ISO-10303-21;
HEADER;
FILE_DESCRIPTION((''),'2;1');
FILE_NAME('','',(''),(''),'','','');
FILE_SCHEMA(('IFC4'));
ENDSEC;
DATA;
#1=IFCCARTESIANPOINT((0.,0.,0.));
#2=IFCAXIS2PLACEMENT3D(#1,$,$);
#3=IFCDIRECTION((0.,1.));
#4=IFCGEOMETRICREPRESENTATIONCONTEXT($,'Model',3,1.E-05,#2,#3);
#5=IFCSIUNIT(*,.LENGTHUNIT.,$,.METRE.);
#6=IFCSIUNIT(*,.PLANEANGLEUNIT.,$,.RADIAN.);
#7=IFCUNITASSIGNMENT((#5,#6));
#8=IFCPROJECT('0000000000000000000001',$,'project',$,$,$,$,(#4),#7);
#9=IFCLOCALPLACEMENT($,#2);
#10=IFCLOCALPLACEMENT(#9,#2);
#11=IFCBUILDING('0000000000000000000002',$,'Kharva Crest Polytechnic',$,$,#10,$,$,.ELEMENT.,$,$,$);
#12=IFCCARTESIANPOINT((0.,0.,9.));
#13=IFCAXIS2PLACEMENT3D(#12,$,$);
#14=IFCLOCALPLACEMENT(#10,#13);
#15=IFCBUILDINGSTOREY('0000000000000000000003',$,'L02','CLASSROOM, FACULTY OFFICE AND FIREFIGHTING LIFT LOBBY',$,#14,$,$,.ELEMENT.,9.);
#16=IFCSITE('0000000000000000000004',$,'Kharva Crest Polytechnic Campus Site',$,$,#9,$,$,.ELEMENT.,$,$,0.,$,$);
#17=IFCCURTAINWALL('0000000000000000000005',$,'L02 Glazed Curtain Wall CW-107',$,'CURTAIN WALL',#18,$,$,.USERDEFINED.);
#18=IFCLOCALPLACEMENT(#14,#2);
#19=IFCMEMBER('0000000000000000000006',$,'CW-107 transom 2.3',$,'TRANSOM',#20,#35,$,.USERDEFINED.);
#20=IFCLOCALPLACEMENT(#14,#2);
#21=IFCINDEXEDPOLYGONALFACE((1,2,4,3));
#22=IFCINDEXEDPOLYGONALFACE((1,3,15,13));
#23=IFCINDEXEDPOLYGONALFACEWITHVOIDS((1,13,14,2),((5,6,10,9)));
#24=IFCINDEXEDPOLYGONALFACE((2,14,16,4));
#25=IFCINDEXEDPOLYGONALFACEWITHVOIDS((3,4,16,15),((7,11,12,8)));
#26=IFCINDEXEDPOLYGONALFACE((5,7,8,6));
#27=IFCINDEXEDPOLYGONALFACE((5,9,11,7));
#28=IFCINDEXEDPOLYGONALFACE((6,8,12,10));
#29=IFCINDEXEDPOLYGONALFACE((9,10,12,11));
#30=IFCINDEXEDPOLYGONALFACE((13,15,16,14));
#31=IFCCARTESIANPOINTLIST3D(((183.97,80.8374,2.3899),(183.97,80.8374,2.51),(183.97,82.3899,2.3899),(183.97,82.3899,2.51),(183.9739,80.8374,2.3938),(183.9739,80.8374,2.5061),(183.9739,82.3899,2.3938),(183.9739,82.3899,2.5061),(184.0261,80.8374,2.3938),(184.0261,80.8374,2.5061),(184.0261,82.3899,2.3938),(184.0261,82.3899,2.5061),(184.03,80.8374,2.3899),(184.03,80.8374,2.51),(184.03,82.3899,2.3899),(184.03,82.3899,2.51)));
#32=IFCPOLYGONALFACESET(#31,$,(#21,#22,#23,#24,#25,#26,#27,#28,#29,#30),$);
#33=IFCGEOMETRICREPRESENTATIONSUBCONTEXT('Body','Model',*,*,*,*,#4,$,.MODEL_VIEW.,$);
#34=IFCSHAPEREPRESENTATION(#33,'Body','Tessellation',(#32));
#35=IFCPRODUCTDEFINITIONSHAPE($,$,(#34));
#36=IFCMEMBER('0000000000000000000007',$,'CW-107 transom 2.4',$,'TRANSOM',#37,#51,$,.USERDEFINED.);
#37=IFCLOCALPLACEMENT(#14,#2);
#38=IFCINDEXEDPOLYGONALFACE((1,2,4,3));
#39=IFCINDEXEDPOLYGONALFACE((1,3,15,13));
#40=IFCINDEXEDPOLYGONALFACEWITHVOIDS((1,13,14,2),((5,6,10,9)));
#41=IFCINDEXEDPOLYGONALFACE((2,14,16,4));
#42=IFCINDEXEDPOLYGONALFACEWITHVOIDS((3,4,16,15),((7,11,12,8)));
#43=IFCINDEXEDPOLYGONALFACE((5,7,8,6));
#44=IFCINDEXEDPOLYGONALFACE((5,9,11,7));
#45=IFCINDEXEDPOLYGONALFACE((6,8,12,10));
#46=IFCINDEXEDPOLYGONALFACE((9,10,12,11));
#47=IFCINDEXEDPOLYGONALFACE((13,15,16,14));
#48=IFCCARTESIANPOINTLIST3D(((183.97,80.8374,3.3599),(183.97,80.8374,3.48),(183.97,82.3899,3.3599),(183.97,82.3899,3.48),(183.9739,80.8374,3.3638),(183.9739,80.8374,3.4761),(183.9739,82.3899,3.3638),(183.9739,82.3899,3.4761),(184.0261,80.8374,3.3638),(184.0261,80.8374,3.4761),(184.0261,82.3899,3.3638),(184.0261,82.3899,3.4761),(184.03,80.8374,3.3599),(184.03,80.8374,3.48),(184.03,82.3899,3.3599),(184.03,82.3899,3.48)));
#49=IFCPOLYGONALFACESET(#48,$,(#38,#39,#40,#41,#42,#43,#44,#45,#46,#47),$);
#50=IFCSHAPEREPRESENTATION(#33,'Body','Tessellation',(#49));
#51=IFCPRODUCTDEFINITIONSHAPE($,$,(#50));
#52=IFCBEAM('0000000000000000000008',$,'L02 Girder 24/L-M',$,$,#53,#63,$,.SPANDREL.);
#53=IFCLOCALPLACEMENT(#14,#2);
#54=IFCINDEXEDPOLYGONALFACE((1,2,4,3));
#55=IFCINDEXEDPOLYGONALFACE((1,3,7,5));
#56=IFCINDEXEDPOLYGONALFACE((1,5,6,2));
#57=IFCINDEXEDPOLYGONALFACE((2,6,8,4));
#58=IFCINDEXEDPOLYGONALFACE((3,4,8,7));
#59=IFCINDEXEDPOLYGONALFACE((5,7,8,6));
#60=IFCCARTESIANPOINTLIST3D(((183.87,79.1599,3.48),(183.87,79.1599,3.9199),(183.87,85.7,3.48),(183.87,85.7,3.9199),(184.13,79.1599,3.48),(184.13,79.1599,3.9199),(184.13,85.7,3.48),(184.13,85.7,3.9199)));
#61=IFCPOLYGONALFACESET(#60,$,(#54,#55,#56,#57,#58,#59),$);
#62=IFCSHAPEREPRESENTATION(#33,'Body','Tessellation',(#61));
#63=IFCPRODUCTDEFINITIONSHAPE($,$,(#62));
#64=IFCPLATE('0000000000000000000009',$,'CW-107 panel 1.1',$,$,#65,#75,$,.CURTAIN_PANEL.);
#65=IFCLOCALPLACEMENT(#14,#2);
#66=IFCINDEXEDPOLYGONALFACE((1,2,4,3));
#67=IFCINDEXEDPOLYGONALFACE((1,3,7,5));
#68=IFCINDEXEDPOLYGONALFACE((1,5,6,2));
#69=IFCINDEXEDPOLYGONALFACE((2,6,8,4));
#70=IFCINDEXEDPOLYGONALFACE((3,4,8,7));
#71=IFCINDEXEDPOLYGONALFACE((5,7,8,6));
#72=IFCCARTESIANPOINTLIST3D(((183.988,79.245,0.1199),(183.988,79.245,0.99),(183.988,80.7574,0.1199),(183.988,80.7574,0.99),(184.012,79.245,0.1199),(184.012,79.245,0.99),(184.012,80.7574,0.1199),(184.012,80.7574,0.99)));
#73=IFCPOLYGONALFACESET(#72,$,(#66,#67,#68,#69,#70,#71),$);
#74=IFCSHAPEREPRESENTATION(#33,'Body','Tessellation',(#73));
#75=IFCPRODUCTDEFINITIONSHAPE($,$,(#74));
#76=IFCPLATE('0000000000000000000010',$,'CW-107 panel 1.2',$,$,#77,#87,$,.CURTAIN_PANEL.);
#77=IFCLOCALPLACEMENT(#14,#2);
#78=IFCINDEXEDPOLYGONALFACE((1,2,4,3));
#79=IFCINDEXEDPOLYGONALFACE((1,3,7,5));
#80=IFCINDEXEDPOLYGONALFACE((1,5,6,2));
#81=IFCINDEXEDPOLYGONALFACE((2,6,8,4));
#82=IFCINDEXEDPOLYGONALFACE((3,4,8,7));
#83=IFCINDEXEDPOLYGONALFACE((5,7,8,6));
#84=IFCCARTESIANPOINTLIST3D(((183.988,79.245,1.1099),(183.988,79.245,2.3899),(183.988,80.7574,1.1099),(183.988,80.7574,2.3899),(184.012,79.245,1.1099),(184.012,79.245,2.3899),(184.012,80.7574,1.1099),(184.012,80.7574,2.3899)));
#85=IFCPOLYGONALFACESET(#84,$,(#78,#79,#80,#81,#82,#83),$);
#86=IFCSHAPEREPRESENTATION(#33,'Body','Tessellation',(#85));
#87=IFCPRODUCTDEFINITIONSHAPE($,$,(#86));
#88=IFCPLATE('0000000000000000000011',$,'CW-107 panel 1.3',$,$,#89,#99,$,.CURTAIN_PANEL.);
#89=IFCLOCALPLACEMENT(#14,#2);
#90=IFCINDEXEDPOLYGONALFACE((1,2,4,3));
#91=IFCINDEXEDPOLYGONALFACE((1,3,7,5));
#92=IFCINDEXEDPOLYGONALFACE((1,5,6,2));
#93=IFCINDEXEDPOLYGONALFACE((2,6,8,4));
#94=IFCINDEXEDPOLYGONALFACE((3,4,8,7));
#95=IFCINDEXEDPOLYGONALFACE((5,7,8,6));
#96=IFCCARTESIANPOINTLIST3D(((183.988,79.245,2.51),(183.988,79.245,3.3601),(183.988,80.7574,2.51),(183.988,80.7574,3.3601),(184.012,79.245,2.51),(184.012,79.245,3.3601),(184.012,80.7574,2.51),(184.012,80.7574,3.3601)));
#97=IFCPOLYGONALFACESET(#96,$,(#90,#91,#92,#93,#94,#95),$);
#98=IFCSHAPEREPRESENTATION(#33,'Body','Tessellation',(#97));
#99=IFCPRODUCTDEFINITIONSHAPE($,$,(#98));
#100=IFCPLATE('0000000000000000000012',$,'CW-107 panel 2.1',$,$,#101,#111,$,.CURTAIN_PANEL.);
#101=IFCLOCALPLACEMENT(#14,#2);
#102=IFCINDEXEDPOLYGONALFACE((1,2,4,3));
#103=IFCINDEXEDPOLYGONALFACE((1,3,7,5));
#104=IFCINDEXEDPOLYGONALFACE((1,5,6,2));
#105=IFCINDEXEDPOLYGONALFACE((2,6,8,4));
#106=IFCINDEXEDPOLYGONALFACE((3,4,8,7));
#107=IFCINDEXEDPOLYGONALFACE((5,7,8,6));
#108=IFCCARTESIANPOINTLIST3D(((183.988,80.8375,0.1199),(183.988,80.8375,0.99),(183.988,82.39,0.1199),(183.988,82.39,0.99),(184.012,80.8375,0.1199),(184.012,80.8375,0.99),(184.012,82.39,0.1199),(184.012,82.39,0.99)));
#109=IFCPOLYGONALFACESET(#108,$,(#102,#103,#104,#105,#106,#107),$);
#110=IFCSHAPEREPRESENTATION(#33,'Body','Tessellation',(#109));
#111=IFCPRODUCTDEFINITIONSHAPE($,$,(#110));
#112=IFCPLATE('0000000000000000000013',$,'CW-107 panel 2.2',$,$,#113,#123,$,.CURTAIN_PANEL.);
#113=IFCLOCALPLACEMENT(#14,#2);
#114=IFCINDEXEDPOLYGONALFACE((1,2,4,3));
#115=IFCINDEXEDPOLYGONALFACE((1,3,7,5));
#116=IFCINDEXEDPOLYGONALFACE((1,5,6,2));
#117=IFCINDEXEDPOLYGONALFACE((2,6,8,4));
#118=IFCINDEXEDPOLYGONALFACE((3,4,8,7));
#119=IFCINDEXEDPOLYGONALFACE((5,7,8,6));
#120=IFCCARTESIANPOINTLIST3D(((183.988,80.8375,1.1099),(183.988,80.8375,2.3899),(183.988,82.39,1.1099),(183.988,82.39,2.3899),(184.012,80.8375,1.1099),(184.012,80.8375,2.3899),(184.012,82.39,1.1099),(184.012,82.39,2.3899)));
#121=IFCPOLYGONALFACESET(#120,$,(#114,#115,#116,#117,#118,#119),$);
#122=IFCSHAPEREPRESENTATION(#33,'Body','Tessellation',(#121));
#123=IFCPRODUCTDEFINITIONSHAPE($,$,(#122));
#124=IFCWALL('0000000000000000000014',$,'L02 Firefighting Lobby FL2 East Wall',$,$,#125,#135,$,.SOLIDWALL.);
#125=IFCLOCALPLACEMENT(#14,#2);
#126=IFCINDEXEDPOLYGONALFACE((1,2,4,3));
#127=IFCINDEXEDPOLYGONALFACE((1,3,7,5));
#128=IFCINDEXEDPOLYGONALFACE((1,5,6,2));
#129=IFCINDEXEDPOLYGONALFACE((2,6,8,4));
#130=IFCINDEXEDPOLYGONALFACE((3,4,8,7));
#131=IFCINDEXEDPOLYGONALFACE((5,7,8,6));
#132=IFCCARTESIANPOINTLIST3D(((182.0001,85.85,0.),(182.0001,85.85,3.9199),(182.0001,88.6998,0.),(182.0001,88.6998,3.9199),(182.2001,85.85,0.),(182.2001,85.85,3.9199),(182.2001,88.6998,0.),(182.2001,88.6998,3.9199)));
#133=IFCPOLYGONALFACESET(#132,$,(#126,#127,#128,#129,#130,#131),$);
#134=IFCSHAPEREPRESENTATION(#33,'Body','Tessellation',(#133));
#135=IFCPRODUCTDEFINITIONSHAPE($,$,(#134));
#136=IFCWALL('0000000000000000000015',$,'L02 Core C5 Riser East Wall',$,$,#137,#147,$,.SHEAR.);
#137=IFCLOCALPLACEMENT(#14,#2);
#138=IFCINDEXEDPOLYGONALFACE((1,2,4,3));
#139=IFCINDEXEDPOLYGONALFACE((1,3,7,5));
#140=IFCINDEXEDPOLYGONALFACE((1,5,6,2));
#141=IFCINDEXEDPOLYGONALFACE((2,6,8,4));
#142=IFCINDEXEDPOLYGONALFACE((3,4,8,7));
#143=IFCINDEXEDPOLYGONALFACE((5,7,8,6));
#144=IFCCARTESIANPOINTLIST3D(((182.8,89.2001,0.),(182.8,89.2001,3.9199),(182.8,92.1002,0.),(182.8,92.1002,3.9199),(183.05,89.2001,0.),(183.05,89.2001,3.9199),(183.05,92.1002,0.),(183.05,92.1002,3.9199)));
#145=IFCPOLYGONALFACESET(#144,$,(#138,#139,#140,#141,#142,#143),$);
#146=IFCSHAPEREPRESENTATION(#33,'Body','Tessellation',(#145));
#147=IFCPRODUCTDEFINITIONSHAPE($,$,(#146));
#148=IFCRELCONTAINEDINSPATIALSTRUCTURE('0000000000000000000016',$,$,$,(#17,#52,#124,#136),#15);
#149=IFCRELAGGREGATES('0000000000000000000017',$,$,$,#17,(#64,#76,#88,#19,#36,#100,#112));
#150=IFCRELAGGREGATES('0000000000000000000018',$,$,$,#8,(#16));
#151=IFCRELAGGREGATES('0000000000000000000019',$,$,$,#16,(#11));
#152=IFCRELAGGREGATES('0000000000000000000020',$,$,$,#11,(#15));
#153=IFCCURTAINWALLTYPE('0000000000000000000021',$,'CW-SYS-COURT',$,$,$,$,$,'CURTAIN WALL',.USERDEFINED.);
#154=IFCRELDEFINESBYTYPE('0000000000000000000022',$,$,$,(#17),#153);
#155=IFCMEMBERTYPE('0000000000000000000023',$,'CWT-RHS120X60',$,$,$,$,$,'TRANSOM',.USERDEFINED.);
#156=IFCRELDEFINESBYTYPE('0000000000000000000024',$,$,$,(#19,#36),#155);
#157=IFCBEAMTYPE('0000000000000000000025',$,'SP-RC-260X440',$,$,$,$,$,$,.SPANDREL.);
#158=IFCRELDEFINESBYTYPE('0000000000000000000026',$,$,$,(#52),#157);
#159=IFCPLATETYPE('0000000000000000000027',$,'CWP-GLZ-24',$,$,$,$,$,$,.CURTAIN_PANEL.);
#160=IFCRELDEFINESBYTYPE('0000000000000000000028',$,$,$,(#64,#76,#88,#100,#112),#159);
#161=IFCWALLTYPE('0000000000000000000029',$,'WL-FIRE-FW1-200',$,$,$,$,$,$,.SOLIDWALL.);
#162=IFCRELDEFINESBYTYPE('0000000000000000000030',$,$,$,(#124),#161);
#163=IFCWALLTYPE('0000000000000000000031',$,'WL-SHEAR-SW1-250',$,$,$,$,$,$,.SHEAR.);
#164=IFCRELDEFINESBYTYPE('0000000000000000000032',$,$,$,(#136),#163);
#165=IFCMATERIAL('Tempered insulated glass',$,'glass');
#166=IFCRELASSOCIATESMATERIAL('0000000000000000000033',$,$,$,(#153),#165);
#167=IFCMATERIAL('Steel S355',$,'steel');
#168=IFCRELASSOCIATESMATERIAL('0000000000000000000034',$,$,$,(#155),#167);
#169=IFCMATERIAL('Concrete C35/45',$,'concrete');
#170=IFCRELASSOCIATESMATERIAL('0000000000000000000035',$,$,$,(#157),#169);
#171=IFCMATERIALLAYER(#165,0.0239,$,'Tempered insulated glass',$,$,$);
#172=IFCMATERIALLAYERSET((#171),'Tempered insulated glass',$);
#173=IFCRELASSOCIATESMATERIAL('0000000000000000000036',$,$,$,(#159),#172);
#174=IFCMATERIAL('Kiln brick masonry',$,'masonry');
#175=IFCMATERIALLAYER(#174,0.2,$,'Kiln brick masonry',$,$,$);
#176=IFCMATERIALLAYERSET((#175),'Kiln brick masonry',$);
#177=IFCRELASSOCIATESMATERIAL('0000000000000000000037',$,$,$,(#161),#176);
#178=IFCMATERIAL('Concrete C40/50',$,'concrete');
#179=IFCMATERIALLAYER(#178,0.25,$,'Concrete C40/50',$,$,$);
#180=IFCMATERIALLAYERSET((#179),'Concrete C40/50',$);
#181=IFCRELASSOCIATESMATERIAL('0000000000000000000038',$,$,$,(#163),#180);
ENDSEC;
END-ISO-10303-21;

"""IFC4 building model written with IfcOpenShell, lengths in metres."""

from ifc_helpers import new_model, si_unit, direction, frame, frame_2d, origin, origin_2d, place, context, subcontext, project, spatial, rectangle, hollow_rectangle, extrude, material, layer, layer_set, material_profile, profile_set, type_object, element, aggregate, save


model = new_model("IFC4")

# Units and contexts
model_context = context("Model", 3, precision=1e-05, world=origin(), true_north=direction((0.0, 1.0)))
body_context = subcontext(model_context, "Body", "Model", "MODEL_VIEW")
ifc_project = project(units=[si_unit("LENGTHUNIT", "METRE"), si_unit("PLANEANGLEUNIT", "RADIAN")], contexts=[model_context])

# Site, building, storey
site_placement = place(None, origin())
site = spatial("IfcSite", under=ifc_project, at=site_placement, Name="Kharva Crest Polytechnic Campus Site", CompositionType="ELEMENT", RefElevation=0.0)
building_placement = place(site_placement, origin())
building = spatial("IfcBuilding", under=site, at=building_placement, Name="Kharva Crest Polytechnic", CompositionType="ELEMENT")
storey_placement = place(building_placement, frame((0.0, 0.0, 9.0)))
storey = spatial("IfcBuildingStorey", under=building, at=storey_placement, Name="L02", Description="CLASSROOM, FACULTY OFFICE AND FIREFIGHTING LIFT LOBBY", CompositionType="ELEMENT", Elevation=9.0)

# Shared definitions
ifc_material_1 = material(Name="Concrete C40/50", Category="concrete")

# Curtain wall, members
ifc_material_2 = material(Name="Tempered insulated glass", Category="glass")
curtain_wall_type = type_object("IfcCurtainWallType", Name="CW-SYS-COURT", ElementType="CURTAIN WALL", PredefinedType="USERDEFINED", material=ifc_material_2)
curtain_wall_placement = place(storey_placement, origin())
curtain_wall = element("IfcCurtainWall", 1, at=curtain_wall_placement, inside=storey, type_object=curtain_wall_type, Name="L02 Glazed Curtain Wall CW-107", ObjectType="CURTAIN WALL", PredefinedType="USERDEFINED")
ifc_material_3 = material(Name="Steel S355", Category="steel")
ifc_material_profile_1 = material_profile(ifc_material_3, hollow_rectangle(XDim=0.0601, YDim=0.1201, WallThickness=0.0039, at=origin_2d()), Name="RHS 120X60X4.0")
ifc_profile_set_1 = profile_set([ifc_material_profile_1], Name="Steel S355")
member_type_1 = type_object("IfcMemberType", Name="CWT-RHS120X60", ElementType="TRANSOM", PredefinedType="USERDEFINED", material=ifc_profile_set_1)
member_1_placement = place(storey_placement, frame((184.0, 80.8374, 2.45), z_axis=(0.0, 1.0, 0.0), x_axis=(-1.0, 0.0, 0.0)))
member_1 = element("IfcMember", 2, at=member_1_placement, type_object=member_type_1, Name="CW-107 transom 2.3", ObjectType="TRANSOM", PredefinedType="USERDEFINED", context=body_context, shape_type="SweptSolid", body=[
    extrude(hollow_rectangle(XDim=0.0601, YDim=0.1201, WallThickness=0.0039, at=origin_2d()), origin(), (0.0, 0.0, 1.0), 1.5525),
])
member_2_placement = place(storey_placement, frame((184.0, 80.8374, 3.4199), z_axis=(0.0, 1.0, 0.0), x_axis=(-1.0, 0.0, 0.0)))
member_2 = element("IfcMember", 3, at=member_2_placement, type_object=member_type_1, Name="CW-107 transom 2.4", ObjectType="TRANSOM", PredefinedType="USERDEFINED", context=body_context, shape_type="SweptSolid", body=[
    extrude(hollow_rectangle(XDim=0.0601, YDim=0.1201, WallThickness=0.0039, at=origin_2d()), origin(), (0.0, 0.0, 1.0), 1.5525),
])

# Beam
ifc_material_4 = material(Name="Concrete C35/45", Category="concrete")
ifc_material_profile_2 = material_profile(ifc_material_4, rectangle(XDim=0.26, YDim=0.4399, at=origin_2d()), Name="RECT 260 X 440")
ifc_profile_set_2 = profile_set([ifc_material_profile_2], Name="Concrete C35/45")
beam_type = type_object("IfcBeamType", Name="SP-RC-260X440", PredefinedType="SPANDREL", material=ifc_profile_set_2)
beam_placement = place(storey_placement, frame((184.0, 79.1599, 3.7), z_axis=(0.0, 1.0, 0.0), x_axis=(-1.0, 0.0, 0.0)))
element("IfcBeam", 4, at=beam_placement, inside=storey, type_object=beam_type, Name="L02 Girder 24/L-M", PredefinedType="SPANDREL", context=body_context, shape_type="SweptSolid", body=[
    extrude(rectangle(XDim=0.26, YDim=0.4399, at=origin_2d()), origin(), (0.0, 0.0, 1.0), 6.54),
])

# Plates
ifc_layer_1 = layer(ifc_material_2, 0.0239, Name="Tempered insulated glass")
ifc_layer_set_1 = layer_set([ifc_layer_1], Name="Tempered insulated glass")
plate_type = type_object("IfcPlateType", Name="CWP-GLZ-24", PredefinedType="CURTAIN_PANEL", material=ifc_layer_set_1)
plate_1_placement = place(storey_placement, frame((184.0, 80.0012, 0.1199), z_axis=(0.0, 0.0, 1.0), x_axis=(0.0, 1.0, 0.0)))
plate_1 = element("IfcPlate", 5, at=plate_1_placement, type_object=plate_type, Name="CW-107 panel 1.1", PredefinedType="CURTAIN_PANEL", context=body_context, shape_type="SweptSolid", body=[
    extrude(rectangle(XDim=1.5125, YDim=0.0239, at=origin_2d()), origin(), (0.0, 0.0, 1.0), 0.8701),
])
plate_2_placement = place(storey_placement, frame((184.0, 80.0012, 1.1099), z_axis=(0.0, 0.0, 1.0), x_axis=(0.0, 1.0, 0.0)))
plate_2 = element("IfcPlate", 6, at=plate_2_placement, type_object=plate_type, Name="CW-107 panel 1.2", PredefinedType="CURTAIN_PANEL", context=body_context, shape_type="SweptSolid", body=[
    extrude(rectangle(XDim=1.5125, YDim=0.0239, at=origin_2d()), origin(), (0.0, 0.0, 1.0), 1.28),
])
plate_3_placement = place(storey_placement, frame((184.0, 80.0012, 2.51), z_axis=(0.0, 0.0, 1.0), x_axis=(0.0, 1.0, 0.0)))
plate_3 = element("IfcPlate", 7, at=plate_3_placement, type_object=plate_type, Name="CW-107 panel 1.3", PredefinedType="CURTAIN_PANEL", context=body_context, shape_type="SweptSolid", body=[
    extrude(rectangle(XDim=1.5125, YDim=0.0239, at=origin_2d()), origin(), (0.0, 0.0, 1.0), 0.8501),
])
plate_4_placement = place(storey_placement, frame((184.0, 81.6138, 0.1199), z_axis=(0.0, 0.0, 1.0), x_axis=(0.0, 1.0, 0.0)))
plate_4 = element("IfcPlate", 8, at=plate_4_placement, type_object=plate_type, Name="CW-107 panel 2.1", PredefinedType="CURTAIN_PANEL", context=body_context, shape_type="SweptSolid", body=[
    extrude(rectangle(XDim=1.5525, YDim=0.0239, at=origin_2d()), origin(), (0.0, 0.0, 1.0), 0.8701),
])
plate_5_placement = place(storey_placement, frame((184.0, 81.6138, 1.1099), z_axis=(0.0, 0.0, 1.0), x_axis=(0.0, 1.0, 0.0)))
plate_5 = element("IfcPlate", 9, at=plate_5_placement, type_object=plate_type, Name="CW-107 panel 2.2", PredefinedType="CURTAIN_PANEL", context=body_context, shape_type="SweptSolid", body=[
    extrude(rectangle(XDim=1.5525, YDim=0.0239, at=origin_2d()), origin(), (0.0, 0.0, 1.0), 1.28),
])
aggregate(curtain_wall, [plate_1, plate_2, plate_3, member_1, member_2, plate_4, plate_5])

# Walls
ifc_material_5 = material(Name="Kiln brick masonry", Category="masonry")
ifc_layer_2 = layer(ifc_material_5, 0.2, Name="Kiln brick masonry")
ifc_layer_set_2 = layer_set([ifc_layer_2], Name="Kiln brick masonry")
wall_type_1 = type_object("IfcWallType", Name="WL-FIRE-FW1-200", PredefinedType="SOLIDWALL", material=ifc_layer_set_2)
wall_1_placement = place(storey_placement, frame((182.1001, 85.8501, 0.0), z_axis=(0.0, 0.0, 1.0), x_axis=(0.0, 1.0, 0.0)))
element("IfcWall", 10, at=wall_1_placement, inside=storey, type_object=wall_type_1, Name="L02 Firefighting Lobby FL2 East Wall", PredefinedType="SOLIDWALL", context=body_context, shape_type="SweptSolid", body=[
    extrude(rectangle(XDim=2.8499, YDim=0.2, at=frame_2d((1.4248, 0.0))), origin(), (0.0, 0.0, 1.0), 3.9199),
])
ifc_layer_3 = layer(ifc_material_1, 0.25, Name="Concrete C40/50")
ifc_layer_set_3 = layer_set([ifc_layer_3], Name="Concrete C40/50")
wall_type_2 = type_object("IfcWallType", Name="WL-SHEAR-SW1-250", PredefinedType="SHEAR", material=ifc_layer_set_3)
wall_2_placement = place(storey_placement, frame((182.925, 89.2, 0.0), z_axis=(0.0, 0.0, 1.0), x_axis=(0.0, 1.0, 0.0)))
element("IfcWall", 11, at=wall_2_placement, inside=storey, type_object=wall_type_2, Name="L02 Core C5 Riser East Wall", PredefinedType="SHEAR", context=body_context, shape_type="SweptSolid", body=[
    extrude(rectangle(XDim=2.9001, YDim=0.25, at=frame_2d((1.4502, 0.0))), origin(), (0.0, 0.0, 1.0), 3.9199),
])

save(model, "model.ifc")
